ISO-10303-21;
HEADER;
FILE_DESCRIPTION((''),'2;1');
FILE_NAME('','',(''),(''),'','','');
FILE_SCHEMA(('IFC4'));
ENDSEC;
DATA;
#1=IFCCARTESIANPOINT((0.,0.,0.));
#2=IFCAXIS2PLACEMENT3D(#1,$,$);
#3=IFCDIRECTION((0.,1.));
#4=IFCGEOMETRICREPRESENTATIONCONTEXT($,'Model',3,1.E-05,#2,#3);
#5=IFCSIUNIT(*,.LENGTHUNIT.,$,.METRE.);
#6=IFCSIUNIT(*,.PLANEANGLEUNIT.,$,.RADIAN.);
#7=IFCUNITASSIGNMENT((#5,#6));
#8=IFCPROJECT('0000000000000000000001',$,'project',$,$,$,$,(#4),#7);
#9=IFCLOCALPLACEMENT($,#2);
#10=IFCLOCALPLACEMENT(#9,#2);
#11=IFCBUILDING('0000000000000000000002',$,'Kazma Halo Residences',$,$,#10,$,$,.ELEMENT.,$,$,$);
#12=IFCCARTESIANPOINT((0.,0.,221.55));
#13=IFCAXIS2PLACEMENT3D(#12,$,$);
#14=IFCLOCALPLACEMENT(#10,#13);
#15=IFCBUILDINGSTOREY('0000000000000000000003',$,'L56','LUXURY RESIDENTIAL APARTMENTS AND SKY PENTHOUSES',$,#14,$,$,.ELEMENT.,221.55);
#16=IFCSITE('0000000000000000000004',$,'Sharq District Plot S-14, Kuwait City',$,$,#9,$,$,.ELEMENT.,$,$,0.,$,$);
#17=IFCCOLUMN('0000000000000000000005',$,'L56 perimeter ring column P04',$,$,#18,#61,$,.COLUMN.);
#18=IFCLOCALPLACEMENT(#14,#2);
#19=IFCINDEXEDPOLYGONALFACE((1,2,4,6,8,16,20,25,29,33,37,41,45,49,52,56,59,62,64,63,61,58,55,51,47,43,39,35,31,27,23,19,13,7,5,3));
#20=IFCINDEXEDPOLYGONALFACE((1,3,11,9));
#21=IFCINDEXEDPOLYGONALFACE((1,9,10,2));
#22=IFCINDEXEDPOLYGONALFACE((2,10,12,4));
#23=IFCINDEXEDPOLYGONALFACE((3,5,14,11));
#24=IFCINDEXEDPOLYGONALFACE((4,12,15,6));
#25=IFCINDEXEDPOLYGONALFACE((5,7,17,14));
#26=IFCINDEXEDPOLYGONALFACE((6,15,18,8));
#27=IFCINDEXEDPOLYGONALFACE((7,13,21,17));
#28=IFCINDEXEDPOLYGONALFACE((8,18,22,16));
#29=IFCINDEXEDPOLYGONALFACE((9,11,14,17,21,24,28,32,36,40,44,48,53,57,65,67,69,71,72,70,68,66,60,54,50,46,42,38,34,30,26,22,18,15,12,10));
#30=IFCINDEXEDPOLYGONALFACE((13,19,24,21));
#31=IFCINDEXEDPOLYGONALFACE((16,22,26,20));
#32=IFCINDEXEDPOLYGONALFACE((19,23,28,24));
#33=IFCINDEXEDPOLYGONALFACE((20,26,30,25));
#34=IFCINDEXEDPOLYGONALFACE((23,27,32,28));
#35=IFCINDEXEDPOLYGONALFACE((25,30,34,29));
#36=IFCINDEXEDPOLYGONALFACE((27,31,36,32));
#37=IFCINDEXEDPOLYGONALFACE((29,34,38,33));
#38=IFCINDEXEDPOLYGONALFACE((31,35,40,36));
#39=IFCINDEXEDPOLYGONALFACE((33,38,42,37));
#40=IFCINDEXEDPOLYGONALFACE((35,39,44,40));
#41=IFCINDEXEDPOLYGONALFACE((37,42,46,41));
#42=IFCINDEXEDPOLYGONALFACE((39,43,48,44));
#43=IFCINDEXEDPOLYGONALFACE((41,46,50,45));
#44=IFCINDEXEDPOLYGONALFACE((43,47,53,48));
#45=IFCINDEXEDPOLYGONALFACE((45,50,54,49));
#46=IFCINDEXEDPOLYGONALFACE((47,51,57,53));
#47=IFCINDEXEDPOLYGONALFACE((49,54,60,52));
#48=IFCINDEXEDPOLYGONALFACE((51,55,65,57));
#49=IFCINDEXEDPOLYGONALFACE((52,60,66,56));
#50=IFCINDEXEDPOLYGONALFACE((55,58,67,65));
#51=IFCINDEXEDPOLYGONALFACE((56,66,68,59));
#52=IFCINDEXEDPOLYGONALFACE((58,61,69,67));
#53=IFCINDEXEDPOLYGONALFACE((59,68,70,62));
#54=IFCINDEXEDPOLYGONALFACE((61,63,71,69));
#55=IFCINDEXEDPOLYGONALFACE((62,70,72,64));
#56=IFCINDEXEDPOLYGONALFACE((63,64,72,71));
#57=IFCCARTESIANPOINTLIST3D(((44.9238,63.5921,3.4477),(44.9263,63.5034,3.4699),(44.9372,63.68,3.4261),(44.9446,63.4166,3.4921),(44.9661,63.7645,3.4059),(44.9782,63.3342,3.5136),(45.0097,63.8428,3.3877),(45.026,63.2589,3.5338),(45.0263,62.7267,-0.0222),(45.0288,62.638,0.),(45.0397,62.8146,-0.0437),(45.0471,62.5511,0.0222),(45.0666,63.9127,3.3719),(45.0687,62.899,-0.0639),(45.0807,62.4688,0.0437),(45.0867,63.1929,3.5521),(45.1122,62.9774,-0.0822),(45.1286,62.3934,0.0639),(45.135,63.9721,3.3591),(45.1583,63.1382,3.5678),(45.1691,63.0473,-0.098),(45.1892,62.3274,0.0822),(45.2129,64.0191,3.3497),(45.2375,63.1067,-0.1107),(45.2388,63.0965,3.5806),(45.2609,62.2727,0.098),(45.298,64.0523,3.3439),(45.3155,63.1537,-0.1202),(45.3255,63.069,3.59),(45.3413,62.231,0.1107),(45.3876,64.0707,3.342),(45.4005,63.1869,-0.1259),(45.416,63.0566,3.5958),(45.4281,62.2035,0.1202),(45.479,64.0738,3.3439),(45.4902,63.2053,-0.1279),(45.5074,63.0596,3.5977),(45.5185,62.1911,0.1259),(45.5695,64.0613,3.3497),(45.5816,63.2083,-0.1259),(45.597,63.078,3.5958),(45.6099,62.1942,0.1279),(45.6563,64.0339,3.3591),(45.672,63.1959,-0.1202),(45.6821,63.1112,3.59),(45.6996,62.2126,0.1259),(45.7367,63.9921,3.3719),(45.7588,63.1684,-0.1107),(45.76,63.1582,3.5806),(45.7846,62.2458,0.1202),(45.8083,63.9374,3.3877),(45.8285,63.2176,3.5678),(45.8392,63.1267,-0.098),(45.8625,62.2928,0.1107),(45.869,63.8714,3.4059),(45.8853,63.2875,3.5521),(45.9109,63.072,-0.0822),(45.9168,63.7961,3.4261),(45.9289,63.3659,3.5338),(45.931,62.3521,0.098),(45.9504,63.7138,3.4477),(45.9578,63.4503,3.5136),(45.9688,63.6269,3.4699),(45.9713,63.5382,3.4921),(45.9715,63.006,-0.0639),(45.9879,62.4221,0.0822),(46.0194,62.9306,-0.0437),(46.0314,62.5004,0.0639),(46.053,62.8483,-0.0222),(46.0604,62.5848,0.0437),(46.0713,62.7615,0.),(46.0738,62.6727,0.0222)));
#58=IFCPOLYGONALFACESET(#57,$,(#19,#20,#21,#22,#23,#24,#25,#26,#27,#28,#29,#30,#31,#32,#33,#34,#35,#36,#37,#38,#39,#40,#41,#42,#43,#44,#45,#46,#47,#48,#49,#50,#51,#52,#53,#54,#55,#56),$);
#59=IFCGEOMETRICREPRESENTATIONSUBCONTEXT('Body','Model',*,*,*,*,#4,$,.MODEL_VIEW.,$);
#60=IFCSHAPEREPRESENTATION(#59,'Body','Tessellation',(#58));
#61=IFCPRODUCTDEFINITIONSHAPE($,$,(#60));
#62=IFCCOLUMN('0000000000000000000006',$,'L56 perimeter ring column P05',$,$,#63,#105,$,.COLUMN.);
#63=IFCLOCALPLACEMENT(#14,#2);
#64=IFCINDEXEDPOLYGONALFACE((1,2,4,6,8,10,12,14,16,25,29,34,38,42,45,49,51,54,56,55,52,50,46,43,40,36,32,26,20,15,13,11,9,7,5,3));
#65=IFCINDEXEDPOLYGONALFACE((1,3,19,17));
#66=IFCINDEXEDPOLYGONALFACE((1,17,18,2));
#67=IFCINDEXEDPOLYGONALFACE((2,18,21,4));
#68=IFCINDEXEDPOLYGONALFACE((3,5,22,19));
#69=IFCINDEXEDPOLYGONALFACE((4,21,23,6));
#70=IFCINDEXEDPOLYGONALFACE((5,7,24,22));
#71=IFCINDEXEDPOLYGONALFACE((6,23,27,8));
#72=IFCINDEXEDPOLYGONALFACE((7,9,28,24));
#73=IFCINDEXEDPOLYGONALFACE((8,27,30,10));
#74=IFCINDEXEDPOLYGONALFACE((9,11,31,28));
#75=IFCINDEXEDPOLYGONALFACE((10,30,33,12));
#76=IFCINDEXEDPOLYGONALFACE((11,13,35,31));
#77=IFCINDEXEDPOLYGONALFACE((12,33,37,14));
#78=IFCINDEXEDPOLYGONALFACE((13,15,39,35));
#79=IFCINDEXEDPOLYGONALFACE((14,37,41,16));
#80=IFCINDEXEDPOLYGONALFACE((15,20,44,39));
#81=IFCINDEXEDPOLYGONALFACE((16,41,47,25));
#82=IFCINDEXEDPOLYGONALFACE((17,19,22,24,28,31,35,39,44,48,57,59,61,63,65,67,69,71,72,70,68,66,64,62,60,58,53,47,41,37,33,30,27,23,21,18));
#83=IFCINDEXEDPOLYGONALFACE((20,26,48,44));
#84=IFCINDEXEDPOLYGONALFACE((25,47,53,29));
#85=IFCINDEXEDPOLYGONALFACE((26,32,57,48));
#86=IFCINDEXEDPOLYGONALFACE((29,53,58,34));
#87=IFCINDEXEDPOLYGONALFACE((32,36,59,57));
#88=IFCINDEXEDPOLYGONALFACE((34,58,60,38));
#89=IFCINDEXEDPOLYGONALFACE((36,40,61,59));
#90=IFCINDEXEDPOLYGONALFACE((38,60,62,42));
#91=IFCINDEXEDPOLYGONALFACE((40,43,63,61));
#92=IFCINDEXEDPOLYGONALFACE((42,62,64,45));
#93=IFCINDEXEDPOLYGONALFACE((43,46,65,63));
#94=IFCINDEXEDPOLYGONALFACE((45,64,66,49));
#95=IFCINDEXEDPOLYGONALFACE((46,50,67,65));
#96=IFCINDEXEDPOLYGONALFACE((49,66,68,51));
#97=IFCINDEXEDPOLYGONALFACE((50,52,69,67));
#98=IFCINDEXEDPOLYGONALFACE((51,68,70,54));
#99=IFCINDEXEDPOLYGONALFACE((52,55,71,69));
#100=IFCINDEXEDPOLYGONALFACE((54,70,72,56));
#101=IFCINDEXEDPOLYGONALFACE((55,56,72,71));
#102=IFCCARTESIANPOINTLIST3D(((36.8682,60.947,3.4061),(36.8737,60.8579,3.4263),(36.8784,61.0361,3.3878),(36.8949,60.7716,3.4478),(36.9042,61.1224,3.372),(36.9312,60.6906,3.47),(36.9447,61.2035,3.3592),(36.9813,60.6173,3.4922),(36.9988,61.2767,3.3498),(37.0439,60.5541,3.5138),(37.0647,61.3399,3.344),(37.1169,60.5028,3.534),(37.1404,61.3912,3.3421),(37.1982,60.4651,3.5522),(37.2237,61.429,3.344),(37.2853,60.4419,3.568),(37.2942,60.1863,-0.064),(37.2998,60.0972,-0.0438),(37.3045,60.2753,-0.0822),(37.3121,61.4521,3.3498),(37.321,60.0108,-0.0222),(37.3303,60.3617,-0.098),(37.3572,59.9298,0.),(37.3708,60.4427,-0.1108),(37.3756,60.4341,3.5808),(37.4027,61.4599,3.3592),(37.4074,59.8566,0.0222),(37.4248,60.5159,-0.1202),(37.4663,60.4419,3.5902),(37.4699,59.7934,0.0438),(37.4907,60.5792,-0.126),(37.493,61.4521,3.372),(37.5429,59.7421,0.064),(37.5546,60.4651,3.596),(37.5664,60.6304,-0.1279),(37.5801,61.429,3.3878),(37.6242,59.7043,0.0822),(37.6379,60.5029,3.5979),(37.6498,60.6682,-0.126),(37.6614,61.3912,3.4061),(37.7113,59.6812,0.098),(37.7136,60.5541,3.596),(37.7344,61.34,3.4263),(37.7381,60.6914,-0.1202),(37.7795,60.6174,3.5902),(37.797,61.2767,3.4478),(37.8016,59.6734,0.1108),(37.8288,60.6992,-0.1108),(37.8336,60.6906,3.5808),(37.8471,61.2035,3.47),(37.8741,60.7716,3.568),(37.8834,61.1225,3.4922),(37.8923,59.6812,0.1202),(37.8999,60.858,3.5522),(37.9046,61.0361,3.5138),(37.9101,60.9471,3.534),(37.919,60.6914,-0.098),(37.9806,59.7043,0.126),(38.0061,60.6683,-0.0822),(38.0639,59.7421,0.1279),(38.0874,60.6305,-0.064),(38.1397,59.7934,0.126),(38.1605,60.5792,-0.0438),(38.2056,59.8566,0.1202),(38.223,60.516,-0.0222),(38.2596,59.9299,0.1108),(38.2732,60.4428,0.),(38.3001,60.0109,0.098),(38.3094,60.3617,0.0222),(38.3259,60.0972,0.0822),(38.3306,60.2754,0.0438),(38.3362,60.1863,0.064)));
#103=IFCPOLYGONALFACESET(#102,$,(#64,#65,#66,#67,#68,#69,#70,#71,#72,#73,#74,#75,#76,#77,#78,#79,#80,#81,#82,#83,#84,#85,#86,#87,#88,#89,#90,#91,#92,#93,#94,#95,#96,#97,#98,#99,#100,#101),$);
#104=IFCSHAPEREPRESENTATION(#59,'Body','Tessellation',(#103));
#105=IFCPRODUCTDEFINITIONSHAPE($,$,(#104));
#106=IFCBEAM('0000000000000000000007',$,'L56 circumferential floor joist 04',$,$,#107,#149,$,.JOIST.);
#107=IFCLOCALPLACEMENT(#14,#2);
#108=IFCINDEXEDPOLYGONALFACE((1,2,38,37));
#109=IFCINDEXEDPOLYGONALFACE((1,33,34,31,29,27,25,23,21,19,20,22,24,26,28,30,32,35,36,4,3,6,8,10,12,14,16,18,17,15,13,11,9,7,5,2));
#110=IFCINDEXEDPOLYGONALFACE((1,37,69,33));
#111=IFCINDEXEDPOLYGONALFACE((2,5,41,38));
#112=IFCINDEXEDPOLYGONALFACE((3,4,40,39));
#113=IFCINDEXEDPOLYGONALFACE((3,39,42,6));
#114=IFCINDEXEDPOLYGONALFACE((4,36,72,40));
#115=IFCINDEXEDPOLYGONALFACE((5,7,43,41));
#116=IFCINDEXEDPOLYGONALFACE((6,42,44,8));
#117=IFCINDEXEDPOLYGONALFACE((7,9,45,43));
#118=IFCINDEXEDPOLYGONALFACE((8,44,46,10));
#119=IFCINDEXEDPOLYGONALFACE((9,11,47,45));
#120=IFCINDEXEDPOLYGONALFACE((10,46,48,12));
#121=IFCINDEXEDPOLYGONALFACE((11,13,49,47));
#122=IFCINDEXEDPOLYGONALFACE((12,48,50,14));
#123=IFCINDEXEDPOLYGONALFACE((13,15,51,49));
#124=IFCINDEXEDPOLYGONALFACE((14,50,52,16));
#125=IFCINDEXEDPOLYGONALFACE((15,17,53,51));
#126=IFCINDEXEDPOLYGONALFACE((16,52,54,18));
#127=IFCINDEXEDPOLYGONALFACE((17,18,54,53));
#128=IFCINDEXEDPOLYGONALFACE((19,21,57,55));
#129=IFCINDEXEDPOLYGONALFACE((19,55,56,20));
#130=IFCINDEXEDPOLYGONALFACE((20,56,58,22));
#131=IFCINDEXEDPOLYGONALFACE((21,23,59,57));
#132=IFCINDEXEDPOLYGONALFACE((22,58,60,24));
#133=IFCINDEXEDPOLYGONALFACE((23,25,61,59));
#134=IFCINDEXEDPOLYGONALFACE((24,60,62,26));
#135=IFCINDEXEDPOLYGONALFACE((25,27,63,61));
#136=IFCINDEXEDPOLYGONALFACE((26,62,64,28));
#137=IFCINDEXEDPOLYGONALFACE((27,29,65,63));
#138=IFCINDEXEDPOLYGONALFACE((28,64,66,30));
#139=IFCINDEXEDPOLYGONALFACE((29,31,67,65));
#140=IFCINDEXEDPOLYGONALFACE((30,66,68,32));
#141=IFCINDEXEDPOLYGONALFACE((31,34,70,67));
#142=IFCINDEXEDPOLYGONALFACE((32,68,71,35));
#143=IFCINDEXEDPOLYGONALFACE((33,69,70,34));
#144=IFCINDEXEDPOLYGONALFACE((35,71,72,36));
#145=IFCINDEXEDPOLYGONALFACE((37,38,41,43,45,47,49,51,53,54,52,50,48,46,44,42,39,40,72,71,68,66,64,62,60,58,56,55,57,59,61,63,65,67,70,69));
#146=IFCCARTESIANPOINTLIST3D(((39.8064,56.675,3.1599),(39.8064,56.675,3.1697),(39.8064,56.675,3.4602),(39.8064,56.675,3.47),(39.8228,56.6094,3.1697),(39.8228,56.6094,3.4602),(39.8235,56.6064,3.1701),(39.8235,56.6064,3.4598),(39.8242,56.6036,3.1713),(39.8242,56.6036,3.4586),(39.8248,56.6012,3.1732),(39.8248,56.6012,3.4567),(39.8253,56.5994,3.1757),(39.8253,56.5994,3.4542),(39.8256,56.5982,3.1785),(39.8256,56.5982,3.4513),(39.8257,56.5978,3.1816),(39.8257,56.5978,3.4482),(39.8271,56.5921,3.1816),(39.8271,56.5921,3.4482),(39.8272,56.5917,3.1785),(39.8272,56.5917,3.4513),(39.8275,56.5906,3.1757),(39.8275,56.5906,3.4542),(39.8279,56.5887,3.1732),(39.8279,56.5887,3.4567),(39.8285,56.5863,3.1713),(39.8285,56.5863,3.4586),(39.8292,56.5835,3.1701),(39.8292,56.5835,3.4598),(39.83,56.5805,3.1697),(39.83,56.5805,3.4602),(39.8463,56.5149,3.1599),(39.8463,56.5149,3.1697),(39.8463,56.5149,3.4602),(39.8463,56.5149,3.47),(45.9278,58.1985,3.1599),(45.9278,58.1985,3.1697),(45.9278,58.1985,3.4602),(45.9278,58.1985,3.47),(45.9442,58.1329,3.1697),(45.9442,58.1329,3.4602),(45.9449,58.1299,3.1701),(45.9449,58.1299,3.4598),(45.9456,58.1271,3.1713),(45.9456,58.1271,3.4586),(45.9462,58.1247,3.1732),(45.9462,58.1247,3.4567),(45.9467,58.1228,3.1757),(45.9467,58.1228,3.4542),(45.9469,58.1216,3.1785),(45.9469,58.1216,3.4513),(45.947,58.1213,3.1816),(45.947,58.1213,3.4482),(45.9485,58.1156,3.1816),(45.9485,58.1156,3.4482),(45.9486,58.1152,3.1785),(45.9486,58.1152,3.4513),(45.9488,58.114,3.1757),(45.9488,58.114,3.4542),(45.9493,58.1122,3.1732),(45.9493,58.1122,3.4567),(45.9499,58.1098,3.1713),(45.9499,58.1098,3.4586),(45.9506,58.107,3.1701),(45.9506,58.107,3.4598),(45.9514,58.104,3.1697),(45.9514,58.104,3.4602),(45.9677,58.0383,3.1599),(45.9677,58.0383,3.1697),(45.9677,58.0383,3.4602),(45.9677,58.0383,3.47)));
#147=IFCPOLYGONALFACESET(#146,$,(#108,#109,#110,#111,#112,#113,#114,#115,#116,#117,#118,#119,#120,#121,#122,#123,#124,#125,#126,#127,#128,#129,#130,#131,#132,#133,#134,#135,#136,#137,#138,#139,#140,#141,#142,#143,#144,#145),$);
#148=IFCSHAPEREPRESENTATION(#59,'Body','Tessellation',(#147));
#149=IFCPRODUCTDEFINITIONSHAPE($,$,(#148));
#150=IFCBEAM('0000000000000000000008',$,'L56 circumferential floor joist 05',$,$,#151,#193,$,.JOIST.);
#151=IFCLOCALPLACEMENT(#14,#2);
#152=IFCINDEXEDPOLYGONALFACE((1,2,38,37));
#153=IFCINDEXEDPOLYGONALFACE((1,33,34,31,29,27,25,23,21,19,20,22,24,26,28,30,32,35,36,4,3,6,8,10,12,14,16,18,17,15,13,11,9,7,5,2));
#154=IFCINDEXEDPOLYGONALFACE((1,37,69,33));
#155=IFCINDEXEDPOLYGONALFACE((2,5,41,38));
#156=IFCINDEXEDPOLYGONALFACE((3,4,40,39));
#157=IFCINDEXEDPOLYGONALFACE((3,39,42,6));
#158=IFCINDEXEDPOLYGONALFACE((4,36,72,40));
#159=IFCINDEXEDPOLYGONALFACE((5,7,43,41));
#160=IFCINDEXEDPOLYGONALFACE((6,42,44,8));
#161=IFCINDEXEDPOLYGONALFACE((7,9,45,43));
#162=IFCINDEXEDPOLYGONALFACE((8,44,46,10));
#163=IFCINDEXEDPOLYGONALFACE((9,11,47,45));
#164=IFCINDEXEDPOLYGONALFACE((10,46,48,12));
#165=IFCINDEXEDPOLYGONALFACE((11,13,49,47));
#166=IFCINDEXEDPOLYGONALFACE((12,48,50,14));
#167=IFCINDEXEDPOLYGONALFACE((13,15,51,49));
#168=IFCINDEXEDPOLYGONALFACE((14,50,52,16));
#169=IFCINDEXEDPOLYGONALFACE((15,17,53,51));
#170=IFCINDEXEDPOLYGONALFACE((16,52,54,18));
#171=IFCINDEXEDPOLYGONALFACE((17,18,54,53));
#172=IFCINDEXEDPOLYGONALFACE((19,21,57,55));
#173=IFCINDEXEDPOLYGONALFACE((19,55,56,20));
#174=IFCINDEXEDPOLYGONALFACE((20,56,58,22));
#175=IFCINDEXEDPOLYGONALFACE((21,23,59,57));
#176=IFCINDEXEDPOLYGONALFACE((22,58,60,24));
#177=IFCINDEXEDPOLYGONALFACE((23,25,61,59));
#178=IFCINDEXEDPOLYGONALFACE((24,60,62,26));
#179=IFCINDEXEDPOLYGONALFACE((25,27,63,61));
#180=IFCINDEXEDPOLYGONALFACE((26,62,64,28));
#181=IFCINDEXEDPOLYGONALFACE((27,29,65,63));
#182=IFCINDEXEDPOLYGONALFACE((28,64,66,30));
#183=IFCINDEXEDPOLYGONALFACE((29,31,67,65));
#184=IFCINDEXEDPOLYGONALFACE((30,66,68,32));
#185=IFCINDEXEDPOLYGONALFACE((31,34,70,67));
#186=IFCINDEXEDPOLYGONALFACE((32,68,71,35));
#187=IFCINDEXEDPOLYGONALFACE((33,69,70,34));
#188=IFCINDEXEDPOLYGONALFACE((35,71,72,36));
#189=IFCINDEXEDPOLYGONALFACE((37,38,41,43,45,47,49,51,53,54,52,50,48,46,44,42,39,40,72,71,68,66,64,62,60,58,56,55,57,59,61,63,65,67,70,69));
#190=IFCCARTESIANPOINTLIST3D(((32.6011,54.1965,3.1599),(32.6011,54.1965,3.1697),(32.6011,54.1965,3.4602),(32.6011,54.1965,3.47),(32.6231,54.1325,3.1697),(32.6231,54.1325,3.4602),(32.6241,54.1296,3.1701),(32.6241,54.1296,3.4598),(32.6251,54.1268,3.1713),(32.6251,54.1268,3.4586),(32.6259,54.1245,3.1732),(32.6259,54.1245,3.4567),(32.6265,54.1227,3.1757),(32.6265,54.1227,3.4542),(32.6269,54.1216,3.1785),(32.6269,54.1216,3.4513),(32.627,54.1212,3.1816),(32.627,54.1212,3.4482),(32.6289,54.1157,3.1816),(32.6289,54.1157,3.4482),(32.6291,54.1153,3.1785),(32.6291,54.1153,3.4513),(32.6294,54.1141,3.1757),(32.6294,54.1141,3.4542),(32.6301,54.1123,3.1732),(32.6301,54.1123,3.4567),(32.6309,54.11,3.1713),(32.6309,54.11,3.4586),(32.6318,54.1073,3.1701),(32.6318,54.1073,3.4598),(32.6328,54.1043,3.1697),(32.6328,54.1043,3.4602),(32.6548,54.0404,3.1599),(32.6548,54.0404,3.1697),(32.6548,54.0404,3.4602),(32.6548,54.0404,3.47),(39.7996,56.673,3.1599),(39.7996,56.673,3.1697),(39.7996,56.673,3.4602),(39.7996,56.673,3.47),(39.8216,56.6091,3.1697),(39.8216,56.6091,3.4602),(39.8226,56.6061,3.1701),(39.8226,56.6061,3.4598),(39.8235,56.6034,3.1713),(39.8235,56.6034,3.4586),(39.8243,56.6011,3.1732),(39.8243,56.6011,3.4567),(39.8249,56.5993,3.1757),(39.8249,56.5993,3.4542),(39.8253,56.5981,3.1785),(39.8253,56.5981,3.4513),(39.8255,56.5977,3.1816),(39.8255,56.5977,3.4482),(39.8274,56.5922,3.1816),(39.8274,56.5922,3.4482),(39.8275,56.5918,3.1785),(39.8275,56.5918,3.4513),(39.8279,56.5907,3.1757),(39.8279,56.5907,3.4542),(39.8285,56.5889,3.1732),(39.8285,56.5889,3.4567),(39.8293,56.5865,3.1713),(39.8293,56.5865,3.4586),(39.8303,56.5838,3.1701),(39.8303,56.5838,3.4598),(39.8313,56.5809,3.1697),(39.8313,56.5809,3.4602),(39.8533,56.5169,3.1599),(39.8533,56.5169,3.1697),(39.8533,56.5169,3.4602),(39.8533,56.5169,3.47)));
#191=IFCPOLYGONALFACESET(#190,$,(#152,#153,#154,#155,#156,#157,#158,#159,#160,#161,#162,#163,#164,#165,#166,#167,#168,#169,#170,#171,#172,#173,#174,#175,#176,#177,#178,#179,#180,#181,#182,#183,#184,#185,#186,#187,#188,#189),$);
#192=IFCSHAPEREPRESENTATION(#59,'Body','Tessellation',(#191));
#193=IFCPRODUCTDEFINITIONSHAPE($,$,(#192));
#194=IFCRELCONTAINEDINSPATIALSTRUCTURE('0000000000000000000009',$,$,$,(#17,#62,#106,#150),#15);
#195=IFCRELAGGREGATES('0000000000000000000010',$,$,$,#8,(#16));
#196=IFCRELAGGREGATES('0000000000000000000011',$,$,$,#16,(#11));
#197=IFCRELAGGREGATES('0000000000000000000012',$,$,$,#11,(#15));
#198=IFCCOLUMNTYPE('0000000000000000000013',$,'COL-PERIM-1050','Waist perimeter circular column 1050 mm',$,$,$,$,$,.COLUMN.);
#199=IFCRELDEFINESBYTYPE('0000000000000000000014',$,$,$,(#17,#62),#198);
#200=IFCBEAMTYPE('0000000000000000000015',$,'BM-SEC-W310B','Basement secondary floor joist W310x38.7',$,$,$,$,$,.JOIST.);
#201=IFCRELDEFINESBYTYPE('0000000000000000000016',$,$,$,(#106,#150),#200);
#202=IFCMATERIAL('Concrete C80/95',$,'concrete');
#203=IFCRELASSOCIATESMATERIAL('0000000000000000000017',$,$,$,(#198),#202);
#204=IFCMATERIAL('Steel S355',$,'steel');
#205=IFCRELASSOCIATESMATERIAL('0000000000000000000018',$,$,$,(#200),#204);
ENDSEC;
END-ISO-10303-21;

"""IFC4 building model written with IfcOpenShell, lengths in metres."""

from ifc_helpers import new_model, si_unit, direction, frame, origin, origin_2d, place, context, subcontext, project, spatial, circle, i_section, extrude, material, material_profile, profile_set, type_object, element, save


model = new_model("IFC4")

# Units and contexts
model_context = context("Model", 3, precision=1e-05, world=origin(), true_north=direction((0.0, 1.0)))
body_context = subcontext(model_context, "Body", "Model", "MODEL_VIEW")
ifc_project = project(units=[si_unit("LENGTHUNIT", "METRE"), si_unit("PLANEANGLEUNIT", "RADIAN")], contexts=[model_context])

# Site, building, storey
site_placement = place(None, origin())
site = spatial("IfcSite", under=ifc_project, at=site_placement, Name="Sharq District Plot S-14, Kuwait City", CompositionType="ELEMENT", RefElevation=0.0)
building_placement = place(site_placement, origin())
building = spatial("IfcBuilding", under=site, at=building_placement, Name="Kazma Halo Residences", CompositionType="ELEMENT")
storey_placement = place(building_placement, frame((0.0, 0.0, 221.55)))
storey = spatial("IfcBuildingStorey", under=building, at=storey_placement, Name="L56", Description="LUXURY RESIDENTIAL APARTMENTS AND SKY PENTHOUSES", CompositionType="ELEMENT", Elevation=221.55)

# Columns
ifc_material_1 = material(Name="Concrete C80/95", Category="concrete")
ifc_material_profile_1 = material_profile(ifc_material_1, circle(Radius=0.5249, at=origin_2d()), Name="CIRC1050")
ifc_profile_set_1 = profile_set([ifc_material_profile_1], Name="Concrete C80/95")
column_type = type_object("IfcColumnType", Name="COL-PERIM-1050", Description="Waist perimeter circular column 1050 mm", PredefinedType="COLUMN", material=ifc_profile_set_1)
column_1_placement = place(storey_placement, frame((45.55, 62.6997, 0.0), z_axis=(-0.02866, 0.241906, 0.969876), x_axis=(-0.993055, -0.117654, 0.0)))
element("IfcColumn", 1, at=column_1_placement, inside=storey, type_object=column_type, Name="L56 perimeter ring column P04", PredefinedType="COLUMN", context=body_context, shape_type="SweptSolid", body=[
    extrude(circle(Radius=0.5249, at=origin_2d()), origin(), (0.0, 0.0, 1.0), 3.5776),
])
column_2_placement = place(storey_placement, frame((37.8152, 60.1863, 0.0), z_axis=(-0.119073, 0.212626, 0.969851), x_axis=(-0.872501, -0.488612, 0.0)))
element("IfcColumn", 2, at=column_2_placement, inside=storey, type_object=column_type, Name="L56 perimeter ring column P05", PredefinedType="COLUMN", context=body_context, shape_type="SweptSolid", body=[
    extrude(circle(Radius=0.5249, at=origin_2d()), origin(), (0.0, 0.0, 1.0), 3.5779),
])

# Beams
ifc_material_2 = material(Name="Steel S355", Category="steel")
ifc_material_profile_2 = material_profile(ifc_material_2, i_section(OverallWidth=0.165, OverallDepth=0.3101, WebThickness=0.0059, FlangeThickness=0.0098, FilletRadius=0.012, at=origin_2d()), Name="W310x38.7")
ifc_profile_set_2 = profile_set([ifc_material_profile_2], Name="Steel S355")
beam_type_1 = type_object("IfcBeamType", Name="BM-SEC-W310B", Description="Basement secondary floor joist W310x38.7", PredefinedType="JOIST", material=ifc_profile_set_2)
beam_1_placement = place(storey_placement, frame((45.9478, 58.1184, 3.3149), z_axis=(-0.970399, -0.241506, 0.0), x_axis=(0.241506, -0.970399, 0.0)))
element("IfcBeam", 3, at=beam_1_placement, inside=storey, type_object=beam_type_1, Name="L56 circumferential floor joist 04", PredefinedType="JOIST", context=body_context, shape_type="SweptSolid", body=[
    extrude(i_section(OverallWidth=0.165, OverallDepth=0.3101, WebThickness=0.0059, FlangeThickness=0.0098, FilletRadius=0.012, at=origin_2d()), origin(), (0.0, 0.0, 1.0), 6.3081),
])
beam_2_placement = place(storey_placement, frame((39.8264, 56.595, 3.3149), z_axis=(-0.945602, -0.325324, 0.0), x_axis=(0.325324, -0.945602, 0.0)))
element("IfcBeam", 4, at=beam_2_placement, inside=storey, type_object=beam_type_1, Name="L56 circumferential floor joist 05", PredefinedType="JOIST", context=body_context, shape_type="SweptSolid", body=[
    extrude(i_section(OverallWidth=0.165, OverallDepth=0.3101, WebThickness=0.0059, FlangeThickness=0.0098, FilletRadius=0.012, at=origin_2d()), origin(), (0.0, 0.0, 1.0), 7.6125),
])

save(model, "model.ifc")
